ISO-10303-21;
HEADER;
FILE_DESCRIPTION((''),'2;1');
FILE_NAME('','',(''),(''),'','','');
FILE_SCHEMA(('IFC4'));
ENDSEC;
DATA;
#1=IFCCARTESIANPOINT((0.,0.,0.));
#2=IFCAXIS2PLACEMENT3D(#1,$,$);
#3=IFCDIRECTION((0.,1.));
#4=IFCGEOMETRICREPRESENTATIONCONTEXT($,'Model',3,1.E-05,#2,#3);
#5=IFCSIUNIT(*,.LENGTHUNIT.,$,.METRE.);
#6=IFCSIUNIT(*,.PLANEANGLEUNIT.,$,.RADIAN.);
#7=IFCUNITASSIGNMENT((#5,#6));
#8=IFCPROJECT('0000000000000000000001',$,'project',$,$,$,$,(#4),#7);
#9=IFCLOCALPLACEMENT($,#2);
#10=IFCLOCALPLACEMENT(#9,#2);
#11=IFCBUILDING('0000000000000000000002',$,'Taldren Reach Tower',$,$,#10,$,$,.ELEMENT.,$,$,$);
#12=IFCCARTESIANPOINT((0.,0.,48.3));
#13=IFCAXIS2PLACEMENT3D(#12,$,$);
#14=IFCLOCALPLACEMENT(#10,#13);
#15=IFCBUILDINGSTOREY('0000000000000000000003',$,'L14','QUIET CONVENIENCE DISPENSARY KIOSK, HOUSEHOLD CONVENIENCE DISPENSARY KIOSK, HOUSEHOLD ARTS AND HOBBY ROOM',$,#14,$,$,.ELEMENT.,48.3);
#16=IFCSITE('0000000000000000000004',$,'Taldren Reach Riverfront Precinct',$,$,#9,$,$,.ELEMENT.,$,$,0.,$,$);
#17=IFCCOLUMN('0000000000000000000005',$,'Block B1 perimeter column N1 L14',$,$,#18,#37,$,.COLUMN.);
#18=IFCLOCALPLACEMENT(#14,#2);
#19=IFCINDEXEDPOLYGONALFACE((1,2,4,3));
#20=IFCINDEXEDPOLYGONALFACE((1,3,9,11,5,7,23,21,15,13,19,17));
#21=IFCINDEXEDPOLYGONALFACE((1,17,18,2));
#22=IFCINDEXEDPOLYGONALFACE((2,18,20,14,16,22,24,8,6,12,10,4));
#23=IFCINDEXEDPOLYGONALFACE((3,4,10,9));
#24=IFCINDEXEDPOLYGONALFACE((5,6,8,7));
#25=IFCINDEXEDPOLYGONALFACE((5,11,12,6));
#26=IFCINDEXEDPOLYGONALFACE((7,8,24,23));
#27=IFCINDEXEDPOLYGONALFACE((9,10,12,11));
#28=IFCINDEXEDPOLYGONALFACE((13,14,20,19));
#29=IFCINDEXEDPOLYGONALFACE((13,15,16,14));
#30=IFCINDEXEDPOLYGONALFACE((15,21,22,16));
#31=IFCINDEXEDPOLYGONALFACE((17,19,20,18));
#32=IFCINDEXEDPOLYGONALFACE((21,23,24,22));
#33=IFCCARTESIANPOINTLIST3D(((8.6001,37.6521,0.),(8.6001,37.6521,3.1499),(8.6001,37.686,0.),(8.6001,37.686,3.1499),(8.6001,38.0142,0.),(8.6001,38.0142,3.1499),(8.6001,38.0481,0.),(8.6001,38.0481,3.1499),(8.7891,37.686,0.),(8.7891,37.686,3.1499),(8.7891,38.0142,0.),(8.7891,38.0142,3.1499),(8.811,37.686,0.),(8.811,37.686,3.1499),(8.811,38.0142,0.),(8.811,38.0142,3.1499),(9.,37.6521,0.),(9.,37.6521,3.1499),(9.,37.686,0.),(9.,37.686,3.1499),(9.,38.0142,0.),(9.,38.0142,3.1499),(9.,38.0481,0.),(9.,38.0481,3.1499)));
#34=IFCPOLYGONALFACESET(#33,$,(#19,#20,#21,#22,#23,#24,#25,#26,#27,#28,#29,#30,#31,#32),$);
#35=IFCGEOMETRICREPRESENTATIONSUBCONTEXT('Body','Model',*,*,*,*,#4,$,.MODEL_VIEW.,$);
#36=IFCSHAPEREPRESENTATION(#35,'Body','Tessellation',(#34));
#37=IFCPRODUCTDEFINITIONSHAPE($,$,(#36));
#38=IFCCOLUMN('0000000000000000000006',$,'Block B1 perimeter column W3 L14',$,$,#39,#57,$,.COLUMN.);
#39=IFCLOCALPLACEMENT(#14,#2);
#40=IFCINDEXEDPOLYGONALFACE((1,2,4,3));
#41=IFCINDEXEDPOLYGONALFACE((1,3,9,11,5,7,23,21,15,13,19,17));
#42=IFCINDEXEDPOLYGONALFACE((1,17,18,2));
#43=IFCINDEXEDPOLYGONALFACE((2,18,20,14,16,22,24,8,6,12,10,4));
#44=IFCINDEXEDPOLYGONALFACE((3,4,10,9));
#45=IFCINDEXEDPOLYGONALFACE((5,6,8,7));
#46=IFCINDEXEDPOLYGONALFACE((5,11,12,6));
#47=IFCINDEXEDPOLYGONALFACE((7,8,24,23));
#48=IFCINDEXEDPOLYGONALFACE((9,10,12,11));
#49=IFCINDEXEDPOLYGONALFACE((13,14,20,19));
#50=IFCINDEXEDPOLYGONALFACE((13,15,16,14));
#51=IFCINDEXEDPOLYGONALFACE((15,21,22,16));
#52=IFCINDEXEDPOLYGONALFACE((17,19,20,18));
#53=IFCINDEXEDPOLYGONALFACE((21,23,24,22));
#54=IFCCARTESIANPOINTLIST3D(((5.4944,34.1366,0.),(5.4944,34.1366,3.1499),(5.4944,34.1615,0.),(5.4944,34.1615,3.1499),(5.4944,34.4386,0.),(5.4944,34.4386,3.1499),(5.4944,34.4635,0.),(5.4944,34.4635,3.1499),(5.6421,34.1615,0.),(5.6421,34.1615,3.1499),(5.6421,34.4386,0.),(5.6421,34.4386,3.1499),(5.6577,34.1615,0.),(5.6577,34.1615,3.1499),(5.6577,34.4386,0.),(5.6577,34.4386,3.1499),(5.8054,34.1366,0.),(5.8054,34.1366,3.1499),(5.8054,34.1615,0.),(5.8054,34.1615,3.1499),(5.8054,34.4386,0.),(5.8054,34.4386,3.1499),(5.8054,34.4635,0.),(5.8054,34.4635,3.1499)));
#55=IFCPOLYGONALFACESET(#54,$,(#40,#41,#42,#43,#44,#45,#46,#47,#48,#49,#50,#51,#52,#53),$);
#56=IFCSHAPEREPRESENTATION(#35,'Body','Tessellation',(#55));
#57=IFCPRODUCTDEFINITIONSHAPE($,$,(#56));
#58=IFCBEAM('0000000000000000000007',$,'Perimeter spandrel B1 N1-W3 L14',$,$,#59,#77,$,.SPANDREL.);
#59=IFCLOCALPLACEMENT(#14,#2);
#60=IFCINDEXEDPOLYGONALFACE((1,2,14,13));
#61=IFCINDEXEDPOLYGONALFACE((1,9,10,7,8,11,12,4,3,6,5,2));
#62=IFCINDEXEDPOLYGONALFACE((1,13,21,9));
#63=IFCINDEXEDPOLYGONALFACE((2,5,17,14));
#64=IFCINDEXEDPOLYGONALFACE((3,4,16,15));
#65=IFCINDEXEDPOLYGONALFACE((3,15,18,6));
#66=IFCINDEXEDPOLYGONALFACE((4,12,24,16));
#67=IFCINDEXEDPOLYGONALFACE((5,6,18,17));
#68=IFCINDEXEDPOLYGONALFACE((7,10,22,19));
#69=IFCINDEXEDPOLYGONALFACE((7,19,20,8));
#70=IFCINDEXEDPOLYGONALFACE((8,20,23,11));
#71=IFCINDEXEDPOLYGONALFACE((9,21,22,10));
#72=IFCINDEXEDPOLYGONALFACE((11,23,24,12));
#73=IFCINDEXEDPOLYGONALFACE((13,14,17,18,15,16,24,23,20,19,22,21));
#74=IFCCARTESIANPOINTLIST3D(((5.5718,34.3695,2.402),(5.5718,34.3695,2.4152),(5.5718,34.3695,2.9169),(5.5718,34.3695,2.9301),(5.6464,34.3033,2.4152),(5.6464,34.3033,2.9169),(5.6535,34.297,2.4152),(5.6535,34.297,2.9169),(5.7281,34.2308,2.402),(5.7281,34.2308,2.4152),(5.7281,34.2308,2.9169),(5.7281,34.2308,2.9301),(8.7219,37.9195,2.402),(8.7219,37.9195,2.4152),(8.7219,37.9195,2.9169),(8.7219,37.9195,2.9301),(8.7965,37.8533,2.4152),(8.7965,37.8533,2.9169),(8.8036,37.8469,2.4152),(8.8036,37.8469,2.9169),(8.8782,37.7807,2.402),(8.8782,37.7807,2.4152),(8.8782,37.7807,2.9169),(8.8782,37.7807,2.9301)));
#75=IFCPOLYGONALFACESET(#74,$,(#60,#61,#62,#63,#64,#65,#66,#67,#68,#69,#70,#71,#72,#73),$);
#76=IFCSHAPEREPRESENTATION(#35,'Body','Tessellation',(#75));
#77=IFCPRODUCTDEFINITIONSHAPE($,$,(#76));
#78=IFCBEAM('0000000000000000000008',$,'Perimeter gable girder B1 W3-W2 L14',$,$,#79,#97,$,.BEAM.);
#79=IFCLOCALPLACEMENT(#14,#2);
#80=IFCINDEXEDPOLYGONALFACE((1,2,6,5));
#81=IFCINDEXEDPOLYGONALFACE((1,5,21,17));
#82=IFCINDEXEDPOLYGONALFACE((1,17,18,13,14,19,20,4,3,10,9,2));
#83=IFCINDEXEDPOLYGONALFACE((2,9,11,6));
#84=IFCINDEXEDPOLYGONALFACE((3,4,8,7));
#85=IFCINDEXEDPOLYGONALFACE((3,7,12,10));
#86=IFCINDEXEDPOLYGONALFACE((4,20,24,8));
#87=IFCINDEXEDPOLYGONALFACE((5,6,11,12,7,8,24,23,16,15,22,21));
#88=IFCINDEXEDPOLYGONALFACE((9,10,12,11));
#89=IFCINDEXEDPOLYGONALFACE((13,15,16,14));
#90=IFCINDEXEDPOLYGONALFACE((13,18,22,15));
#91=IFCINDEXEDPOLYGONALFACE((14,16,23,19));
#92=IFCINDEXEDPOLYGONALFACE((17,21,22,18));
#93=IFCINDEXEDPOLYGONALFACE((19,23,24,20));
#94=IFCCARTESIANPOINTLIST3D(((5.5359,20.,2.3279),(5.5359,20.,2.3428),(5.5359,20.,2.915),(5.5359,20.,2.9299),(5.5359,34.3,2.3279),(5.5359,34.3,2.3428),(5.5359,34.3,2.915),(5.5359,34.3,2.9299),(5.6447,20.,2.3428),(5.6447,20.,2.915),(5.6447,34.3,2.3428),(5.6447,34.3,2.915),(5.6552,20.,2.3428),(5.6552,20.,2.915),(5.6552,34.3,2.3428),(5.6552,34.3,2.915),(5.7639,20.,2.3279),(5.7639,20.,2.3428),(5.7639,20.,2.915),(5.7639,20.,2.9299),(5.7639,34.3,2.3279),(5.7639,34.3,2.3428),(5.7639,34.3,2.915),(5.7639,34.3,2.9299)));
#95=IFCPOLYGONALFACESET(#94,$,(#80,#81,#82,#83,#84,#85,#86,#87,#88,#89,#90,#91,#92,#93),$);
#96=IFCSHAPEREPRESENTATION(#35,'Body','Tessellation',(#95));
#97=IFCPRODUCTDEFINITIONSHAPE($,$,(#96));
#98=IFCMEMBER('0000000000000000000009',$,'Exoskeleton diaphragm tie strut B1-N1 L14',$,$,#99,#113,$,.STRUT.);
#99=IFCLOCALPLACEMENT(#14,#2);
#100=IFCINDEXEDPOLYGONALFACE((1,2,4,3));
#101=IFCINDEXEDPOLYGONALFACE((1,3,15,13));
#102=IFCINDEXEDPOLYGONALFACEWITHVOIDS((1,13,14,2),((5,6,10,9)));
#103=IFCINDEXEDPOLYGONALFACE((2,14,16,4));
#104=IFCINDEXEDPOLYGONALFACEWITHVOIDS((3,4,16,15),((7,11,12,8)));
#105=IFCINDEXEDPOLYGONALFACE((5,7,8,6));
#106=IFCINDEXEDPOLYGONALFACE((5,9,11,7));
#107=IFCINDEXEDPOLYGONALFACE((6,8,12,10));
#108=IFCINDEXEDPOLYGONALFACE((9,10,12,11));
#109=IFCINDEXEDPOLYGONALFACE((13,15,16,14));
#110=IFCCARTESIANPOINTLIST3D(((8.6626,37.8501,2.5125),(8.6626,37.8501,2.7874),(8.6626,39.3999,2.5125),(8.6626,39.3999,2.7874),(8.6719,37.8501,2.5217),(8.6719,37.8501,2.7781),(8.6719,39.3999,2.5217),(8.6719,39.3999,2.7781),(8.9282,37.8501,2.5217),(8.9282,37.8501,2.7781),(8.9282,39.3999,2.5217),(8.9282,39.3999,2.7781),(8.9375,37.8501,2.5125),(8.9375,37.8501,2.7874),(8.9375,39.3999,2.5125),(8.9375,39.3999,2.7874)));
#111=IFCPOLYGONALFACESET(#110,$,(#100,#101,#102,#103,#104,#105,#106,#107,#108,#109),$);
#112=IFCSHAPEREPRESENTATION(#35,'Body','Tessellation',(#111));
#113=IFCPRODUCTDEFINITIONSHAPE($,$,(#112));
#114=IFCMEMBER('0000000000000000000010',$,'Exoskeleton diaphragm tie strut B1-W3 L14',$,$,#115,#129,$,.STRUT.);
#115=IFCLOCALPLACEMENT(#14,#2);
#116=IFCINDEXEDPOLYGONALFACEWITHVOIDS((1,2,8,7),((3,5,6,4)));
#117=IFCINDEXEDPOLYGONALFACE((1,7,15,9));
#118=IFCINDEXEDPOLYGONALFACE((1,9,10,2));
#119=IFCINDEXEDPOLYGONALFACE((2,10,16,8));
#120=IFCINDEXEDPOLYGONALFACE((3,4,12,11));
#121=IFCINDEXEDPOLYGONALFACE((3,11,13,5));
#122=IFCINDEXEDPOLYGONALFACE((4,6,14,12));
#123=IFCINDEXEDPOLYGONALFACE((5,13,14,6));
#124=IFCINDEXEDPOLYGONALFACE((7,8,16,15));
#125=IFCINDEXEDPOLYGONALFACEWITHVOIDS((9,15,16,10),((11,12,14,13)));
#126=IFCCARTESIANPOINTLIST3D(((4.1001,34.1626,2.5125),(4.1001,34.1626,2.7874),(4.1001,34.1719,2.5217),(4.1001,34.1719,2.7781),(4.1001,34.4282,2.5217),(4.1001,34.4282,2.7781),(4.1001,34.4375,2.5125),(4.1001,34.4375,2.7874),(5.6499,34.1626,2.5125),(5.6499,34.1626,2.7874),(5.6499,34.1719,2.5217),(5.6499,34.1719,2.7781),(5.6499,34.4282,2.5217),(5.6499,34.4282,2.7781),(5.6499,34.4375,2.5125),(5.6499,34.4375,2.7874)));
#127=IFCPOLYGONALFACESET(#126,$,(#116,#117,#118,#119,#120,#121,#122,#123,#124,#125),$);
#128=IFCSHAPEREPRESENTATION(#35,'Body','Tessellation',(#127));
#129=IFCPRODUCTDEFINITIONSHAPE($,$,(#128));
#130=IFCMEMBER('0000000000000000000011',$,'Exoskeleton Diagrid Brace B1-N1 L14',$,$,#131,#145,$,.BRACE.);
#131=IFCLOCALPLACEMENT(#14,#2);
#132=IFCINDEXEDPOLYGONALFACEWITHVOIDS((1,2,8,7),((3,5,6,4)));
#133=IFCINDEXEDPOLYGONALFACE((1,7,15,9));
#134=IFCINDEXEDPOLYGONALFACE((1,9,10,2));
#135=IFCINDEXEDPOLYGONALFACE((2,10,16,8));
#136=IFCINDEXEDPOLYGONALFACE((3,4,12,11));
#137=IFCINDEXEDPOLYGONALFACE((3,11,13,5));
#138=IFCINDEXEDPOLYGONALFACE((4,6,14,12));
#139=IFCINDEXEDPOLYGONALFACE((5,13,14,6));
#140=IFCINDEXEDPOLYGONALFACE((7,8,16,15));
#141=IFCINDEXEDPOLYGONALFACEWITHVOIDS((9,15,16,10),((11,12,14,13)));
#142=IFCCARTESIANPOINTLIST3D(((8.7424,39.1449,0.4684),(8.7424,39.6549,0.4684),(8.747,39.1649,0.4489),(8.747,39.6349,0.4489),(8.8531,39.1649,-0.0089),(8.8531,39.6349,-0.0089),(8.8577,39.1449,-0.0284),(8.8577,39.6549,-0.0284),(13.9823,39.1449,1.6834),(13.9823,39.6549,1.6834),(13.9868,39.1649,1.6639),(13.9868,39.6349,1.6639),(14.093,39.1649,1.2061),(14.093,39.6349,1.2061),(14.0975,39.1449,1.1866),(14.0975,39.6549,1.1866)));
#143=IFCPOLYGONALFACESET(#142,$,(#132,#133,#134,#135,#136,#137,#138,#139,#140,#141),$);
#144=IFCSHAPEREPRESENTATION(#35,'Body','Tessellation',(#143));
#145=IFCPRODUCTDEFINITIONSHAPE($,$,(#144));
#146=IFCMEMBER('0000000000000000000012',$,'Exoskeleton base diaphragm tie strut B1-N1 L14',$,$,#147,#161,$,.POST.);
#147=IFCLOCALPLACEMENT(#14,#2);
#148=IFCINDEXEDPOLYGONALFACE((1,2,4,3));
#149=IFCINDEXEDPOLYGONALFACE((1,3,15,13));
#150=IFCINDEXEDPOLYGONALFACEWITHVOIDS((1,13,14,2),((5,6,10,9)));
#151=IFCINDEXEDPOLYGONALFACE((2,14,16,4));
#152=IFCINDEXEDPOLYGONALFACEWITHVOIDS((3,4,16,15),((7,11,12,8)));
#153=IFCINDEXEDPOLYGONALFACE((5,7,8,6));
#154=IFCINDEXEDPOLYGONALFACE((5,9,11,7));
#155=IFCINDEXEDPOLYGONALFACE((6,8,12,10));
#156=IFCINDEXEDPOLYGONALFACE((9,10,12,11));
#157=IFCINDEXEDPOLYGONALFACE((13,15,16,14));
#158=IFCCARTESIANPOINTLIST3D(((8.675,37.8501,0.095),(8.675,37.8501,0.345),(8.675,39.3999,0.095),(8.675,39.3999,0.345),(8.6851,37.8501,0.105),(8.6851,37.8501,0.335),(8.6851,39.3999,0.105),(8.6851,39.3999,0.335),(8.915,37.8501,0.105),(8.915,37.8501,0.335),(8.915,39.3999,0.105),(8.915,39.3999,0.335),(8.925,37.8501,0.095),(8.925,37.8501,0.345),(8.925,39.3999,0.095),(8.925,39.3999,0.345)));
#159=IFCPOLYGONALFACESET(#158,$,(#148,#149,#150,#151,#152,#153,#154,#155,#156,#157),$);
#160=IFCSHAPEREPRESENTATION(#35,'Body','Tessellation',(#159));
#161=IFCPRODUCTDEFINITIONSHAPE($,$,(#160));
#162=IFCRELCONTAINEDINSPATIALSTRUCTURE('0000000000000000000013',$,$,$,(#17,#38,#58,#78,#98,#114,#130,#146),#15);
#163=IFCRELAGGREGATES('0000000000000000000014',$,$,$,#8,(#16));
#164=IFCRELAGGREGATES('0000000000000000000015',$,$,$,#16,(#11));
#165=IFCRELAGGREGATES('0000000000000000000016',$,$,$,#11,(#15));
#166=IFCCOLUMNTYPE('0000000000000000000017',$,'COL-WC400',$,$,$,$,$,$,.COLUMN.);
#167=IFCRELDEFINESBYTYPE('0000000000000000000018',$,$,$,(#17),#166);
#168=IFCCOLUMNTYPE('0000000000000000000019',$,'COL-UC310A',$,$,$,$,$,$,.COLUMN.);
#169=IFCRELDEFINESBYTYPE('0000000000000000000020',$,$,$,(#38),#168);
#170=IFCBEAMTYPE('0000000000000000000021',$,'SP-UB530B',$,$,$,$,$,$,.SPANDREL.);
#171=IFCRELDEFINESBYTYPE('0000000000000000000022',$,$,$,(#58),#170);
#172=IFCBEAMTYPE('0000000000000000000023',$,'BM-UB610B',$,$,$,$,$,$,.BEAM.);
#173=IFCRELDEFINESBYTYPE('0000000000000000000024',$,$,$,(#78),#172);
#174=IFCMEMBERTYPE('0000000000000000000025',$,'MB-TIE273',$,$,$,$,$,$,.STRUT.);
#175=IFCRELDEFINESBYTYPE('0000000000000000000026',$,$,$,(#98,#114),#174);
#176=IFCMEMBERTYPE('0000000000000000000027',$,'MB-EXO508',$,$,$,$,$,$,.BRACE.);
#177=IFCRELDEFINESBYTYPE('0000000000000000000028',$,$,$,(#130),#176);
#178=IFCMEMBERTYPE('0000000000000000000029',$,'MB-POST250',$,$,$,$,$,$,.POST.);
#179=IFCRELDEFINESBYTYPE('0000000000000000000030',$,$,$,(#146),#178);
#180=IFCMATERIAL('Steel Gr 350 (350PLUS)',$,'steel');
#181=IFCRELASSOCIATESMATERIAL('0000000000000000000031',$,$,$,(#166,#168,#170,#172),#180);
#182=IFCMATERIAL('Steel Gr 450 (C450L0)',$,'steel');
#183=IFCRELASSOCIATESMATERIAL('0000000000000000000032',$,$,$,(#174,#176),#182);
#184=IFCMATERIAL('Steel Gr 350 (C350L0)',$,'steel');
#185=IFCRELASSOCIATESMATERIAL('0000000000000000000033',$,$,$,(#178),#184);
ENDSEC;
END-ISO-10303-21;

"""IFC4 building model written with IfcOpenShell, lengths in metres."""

from ifc_helpers import new_model, si_unit, direction, frame, origin, origin_2d, place, context, subcontext, project, spatial, hollow_rectangle, i_section, extrude, source, transform, mapped, material, material_profile, profile_set, type_object, element, save


model = new_model("IFC4")

# Units and contexts
model_context = context("Model", 3, precision=1e-05, world=origin(), true_north=direction((0.0, 1.0)))
body_context = subcontext(model_context, "Body", "Model", "MODEL_VIEW")
ifc_project = project(units=[si_unit("LENGTHUNIT", "METRE"), si_unit("PLANEANGLEUNIT", "RADIAN")], contexts=[model_context])

# Site, building, storey
site_placement = place(None, origin())
site = spatial("IfcSite", under=ifc_project, at=site_placement, Name="Taldren Reach Riverfront Precinct", CompositionType="ELEMENT", RefElevation=0.0)
building_placement = place(site_placement, origin())
building = spatial("IfcBuilding", under=site, at=building_placement, Name="Taldren Reach Tower", CompositionType="ELEMENT")
storey_placement = place(building_placement, frame((0.0, 0.0, 48.3)))
storey = spatial("IfcBuildingStorey", under=building, at=storey_placement, Name="L14", Description="QUIET CONVENIENCE DISPENSARY KIOSK, HOUSEHOLD CONVENIENCE DISPENSARY KIOSK, HOUSEHOLD ARTS AND HOBBY ROOM", CompositionType="ELEMENT", Elevation=48.3)

# Columns
ifc_material_1 = material(Name="Steel Gr 350 (350PLUS)", Category="steel")
ifc_material_profile_1 = material_profile(ifc_material_1, i_section(OverallWidth=0.3999, OverallDepth=0.396, WebThickness=0.022, FlangeThickness=0.0339, at=origin_2d()), Name="400WC270")
ifc_profile_set_1 = profile_set([ifc_material_profile_1], Name="Steel Gr 350 (350PLUS)")
column_type_1 = type_object("IfcColumnType", Name="COL-WC400", PredefinedType="COLUMN", material=ifc_profile_set_1)
shared_shape_1 = source(origin(), body_context, "Body", "SweptSolid", [
    extrude(i_section(OverallWidth=0.3999, OverallDepth=0.396, WebThickness=0.022, FlangeThickness=0.0339, at=origin_2d()), origin(), (0.0, 0.0, 1.0), 3.1499),
])
column_1_placement = place(storey_placement, frame((8.8, 37.8501, 0.0), z_axis=(0.0, 0.0, 1.0), x_axis=(1.0, 0.0, 0.0)))
element("IfcColumn", 1, at=column_1_placement, inside=storey, type_object=column_type_1, Name="Block B1 perimeter column N1 L14", PredefinedType="COLUMN", context=body_context, shape_type="MappedRepresentation", body=[
    mapped(shared_shape_1, transform((0.0, 0.0, 0.0), scale=1.0)),
])
ifc_material_profile_2 = material_profile(ifc_material_1, i_section(OverallWidth=0.311, OverallDepth=0.3269, WebThickness=0.0156, FlangeThickness=0.0249, at=origin_2d()), Name="310UC158")
ifc_profile_set_2 = profile_set([ifc_material_profile_2], Name="Steel Gr 350 (350PLUS)")
column_type_2 = type_object("IfcColumnType", Name="COL-UC310A", PredefinedType="COLUMN", material=ifc_profile_set_2)
shared_shape_2 = source(origin(), body_context, "Body", "SweptSolid", [
    extrude(i_section(OverallWidth=0.311, OverallDepth=0.3269, WebThickness=0.0156, FlangeThickness=0.0249, at=origin_2d()), origin(), (0.0, 0.0, 1.0), 3.1499),
])
column_2_placement = place(storey_placement, frame((5.6499, 34.3, 0.0), z_axis=(0.0, 0.0, 1.0), x_axis=(1.0, 0.0, 0.0)))
element("IfcColumn", 2, at=column_2_placement, inside=storey, type_object=column_type_2, Name="Block B1 perimeter column W3 L14", PredefinedType="COLUMN", context=body_context, shape_type="MappedRepresentation", body=[
    mapped(shared_shape_2, transform((0.0, 0.0, 0.0), scale=1.0)),
])

# Beams
ifc_material_profile_3 = material_profile(ifc_material_1, i_section(OverallWidth=0.209, OverallDepth=0.5281, WebThickness=0.0095, FlangeThickness=0.0132, at=origin_2d()), Name="530UB82.0")
ifc_profile_set_3 = profile_set([ifc_material_profile_3], Name="Steel Gr 350 (350PLUS)")
beam_type_1 = type_object("IfcBeamType", Name="SP-UB530B", PredefinedType="SPANDREL", material=ifc_profile_set_3)
shared_shape_3 = source(origin(), body_context, "Body", "SweptSolid", [
    extrude(i_section(OverallWidth=0.209, OverallDepth=0.5281, WebThickness=0.0095, FlangeThickness=0.0132, at=origin_2d()), origin(), (0.0, 0.0, 1.0), 4.7461),
])
beam_1_placement = place(storey_placement, frame((8.8, 37.8501, 2.666), z_axis=(-0.663722, -0.747979, 0.0), x_axis=(0.747979, -0.663722, 0.0)))
element("IfcBeam", 3, at=beam_1_placement, inside=storey, type_object=beam_type_1, Name="Perimeter spandrel B1 N1-W3 L14", PredefinedType="SPANDREL", context=body_context, shape_type="MappedRepresentation", body=[
    mapped(shared_shape_3, transform((0.0, 0.0, 0.0), scale=1.0)),
])
ifc_material_profile_4 = material_profile(ifc_material_1, i_section(OverallWidth=0.228, OverallDepth=0.6021, WebThickness=0.0105, FlangeThickness=0.0149, at=origin_2d()), Name="610UB101")
ifc_profile_set_4 = profile_set([ifc_material_profile_4], Name="Steel Gr 350 (350PLUS)")
beam_type_2 = type_object("IfcBeamType", Name="BM-UB610B", PredefinedType="BEAM", material=ifc_profile_set_4)
shared_shape_4 = source(origin(), body_context, "Body", "SweptSolid", [
    extrude(i_section(OverallWidth=0.228, OverallDepth=0.6021, WebThickness=0.0105, FlangeThickness=0.0149, at=origin_2d()), origin(), (0.0, 0.0, 1.0), 14.3),
])
beam_2_placement = place(storey_placement, frame((5.6499, 34.3, 2.6289), z_axis=(0.0, -1.0, 0.0), x_axis=(1.0, 0.0, 0.0)))
element("IfcBeam", 4, at=beam_2_placement, inside=storey, type_object=beam_type_2, Name="Perimeter gable girder B1 W3-W2 L14", PredefinedType="BEAM", context=body_context, shape_type="MappedRepresentation", body=[
    mapped(shared_shape_4, transform((0.0, 0.0, 0.0), scale=1.0)),
])

# Members
ifc_material_2 = material(Name="Steel Gr 450 (C450L0)", Category="steel")
ifc_material_profile_5 = material_profile(ifc_material_2, hollow_rectangle(XDim=0.2749, YDim=0.2749, WallThickness=0.0093, at=origin_2d()), Name="275x275x9.3SHS")
ifc_profile_set_5 = profile_set([ifc_material_profile_5], Name="Steel Gr 450 (C450L0)")
member_type_1 = type_object("IfcMemberType", Name="MB-TIE273", PredefinedType="STRUT", material=ifc_profile_set_5)
shared_shape_5 = source(origin(), body_context, "Body", "SweptSolid", [
    extrude(hollow_rectangle(XDim=0.2749, YDim=0.2749, WallThickness=0.0093, at=origin_2d()), origin(), (0.0, 0.0, 1.0), 1.5498),
])
for number, where, z_axis, x_axis, name in (
    (5, (8.8, 37.8501, 2.6499), (0.0, 1.0, 0.0), (-1.0, 0.0, 0.0), "Exoskeleton diaphragm tie strut B1-N1 L14"),
    (6, (5.6499, 34.3, 2.6499), (-1.0, 0.0, 0.0), (0.0, -1.0, 0.0), "Exoskeleton diaphragm tie strut B1-W3 L14"),
):
    element("IfcMember", number, at=place(storey_placement, frame(where, z_axis=z_axis, x_axis=x_axis)), inside=storey, type_object=member_type_1, Name=name, PredefinedType="STRUT", context=body_context, shape_type="MappedRepresentation", body=[
        mapped(shared_shape_5, transform((0.0, 0.0, 0.0), scale=1.0)),
    ])
ifc_material_profile_6 = material_profile(ifc_material_2, hollow_rectangle(XDim=0.51, YDim=0.51, WallThickness=0.02, at=origin_2d()), Name="510x510x20.0SHS")
ifc_profile_set_6 = profile_set([ifc_material_profile_6], Name="Steel Gr 450 (C450L0)")
member_type_2 = type_object("IfcMemberType", Name="MB-EXO508", PredefinedType="BRACE", material=ifc_profile_set_6)
shared_shape_6 = source(origin(), body_context, "Body", "SweptSolid", [
    extrude(hollow_rectangle(XDim=0.51, YDim=0.51, WallThickness=0.02, at=origin_2d()), origin(), (0.0, 0.0, 1.0), 5.3789),
])
member_1_placement = place(storey_placement, frame((8.8, 39.3999, 0.22), z_axis=(0.974152, 0.0, 0.225894), x_axis=(0.0, 1.0, 0.0)))
element("IfcMember", 7, at=member_1_placement, inside=storey, type_object=member_type_2, Name="Exoskeleton Diagrid Brace B1-N1 L14", PredefinedType="BRACE", context=body_context, shape_type="MappedRepresentation", body=[
    mapped(shared_shape_6, transform((0.0, 0.0, 0.0), scale=1.0)),
])
ifc_material_3 = material(Name="Steel Gr 350 (C350L0)", Category="steel")
ifc_material_profile_7 = material_profile(ifc_material_3, hollow_rectangle(XDim=0.25, YDim=0.25, WallThickness=0.01, at=origin_2d()), Name="250x250x10.0SHS")
ifc_profile_set_7 = profile_set([ifc_material_profile_7], Name="Steel Gr 350 (C350L0)")
member_type_3 = type_object("IfcMemberType", Name="MB-POST250", PredefinedType="POST", material=ifc_profile_set_7)
shared_shape_7 = source(origin(), body_context, "Body", "SweptSolid", [
    extrude(hollow_rectangle(XDim=0.25, YDim=0.25, WallThickness=0.01, at=origin_2d()), origin(), (0.0, 0.0, 1.0), 1.5498),
])
for number, where, z_axis, x_axis, name in (
    (8, (8.8, 37.8501, 0.22), (0.0, 1.0, 0.0), (-1.0, 0.0, 0.0), "Exoskeleton base diaphragm tie strut B1-N1 L14"),
):
    element("IfcMember", number, at=place(storey_placement, frame(where, z_axis=z_axis, x_axis=x_axis)), inside=storey, type_object=member_type_3, Name=name, PredefinedType="POST", context=body_context, shape_type="MappedRepresentation", body=[
        mapped(shared_shape_7, transform((0.0, 0.0, 0.0), scale=1.0)),
    ])

save(model, "model.ifc")
